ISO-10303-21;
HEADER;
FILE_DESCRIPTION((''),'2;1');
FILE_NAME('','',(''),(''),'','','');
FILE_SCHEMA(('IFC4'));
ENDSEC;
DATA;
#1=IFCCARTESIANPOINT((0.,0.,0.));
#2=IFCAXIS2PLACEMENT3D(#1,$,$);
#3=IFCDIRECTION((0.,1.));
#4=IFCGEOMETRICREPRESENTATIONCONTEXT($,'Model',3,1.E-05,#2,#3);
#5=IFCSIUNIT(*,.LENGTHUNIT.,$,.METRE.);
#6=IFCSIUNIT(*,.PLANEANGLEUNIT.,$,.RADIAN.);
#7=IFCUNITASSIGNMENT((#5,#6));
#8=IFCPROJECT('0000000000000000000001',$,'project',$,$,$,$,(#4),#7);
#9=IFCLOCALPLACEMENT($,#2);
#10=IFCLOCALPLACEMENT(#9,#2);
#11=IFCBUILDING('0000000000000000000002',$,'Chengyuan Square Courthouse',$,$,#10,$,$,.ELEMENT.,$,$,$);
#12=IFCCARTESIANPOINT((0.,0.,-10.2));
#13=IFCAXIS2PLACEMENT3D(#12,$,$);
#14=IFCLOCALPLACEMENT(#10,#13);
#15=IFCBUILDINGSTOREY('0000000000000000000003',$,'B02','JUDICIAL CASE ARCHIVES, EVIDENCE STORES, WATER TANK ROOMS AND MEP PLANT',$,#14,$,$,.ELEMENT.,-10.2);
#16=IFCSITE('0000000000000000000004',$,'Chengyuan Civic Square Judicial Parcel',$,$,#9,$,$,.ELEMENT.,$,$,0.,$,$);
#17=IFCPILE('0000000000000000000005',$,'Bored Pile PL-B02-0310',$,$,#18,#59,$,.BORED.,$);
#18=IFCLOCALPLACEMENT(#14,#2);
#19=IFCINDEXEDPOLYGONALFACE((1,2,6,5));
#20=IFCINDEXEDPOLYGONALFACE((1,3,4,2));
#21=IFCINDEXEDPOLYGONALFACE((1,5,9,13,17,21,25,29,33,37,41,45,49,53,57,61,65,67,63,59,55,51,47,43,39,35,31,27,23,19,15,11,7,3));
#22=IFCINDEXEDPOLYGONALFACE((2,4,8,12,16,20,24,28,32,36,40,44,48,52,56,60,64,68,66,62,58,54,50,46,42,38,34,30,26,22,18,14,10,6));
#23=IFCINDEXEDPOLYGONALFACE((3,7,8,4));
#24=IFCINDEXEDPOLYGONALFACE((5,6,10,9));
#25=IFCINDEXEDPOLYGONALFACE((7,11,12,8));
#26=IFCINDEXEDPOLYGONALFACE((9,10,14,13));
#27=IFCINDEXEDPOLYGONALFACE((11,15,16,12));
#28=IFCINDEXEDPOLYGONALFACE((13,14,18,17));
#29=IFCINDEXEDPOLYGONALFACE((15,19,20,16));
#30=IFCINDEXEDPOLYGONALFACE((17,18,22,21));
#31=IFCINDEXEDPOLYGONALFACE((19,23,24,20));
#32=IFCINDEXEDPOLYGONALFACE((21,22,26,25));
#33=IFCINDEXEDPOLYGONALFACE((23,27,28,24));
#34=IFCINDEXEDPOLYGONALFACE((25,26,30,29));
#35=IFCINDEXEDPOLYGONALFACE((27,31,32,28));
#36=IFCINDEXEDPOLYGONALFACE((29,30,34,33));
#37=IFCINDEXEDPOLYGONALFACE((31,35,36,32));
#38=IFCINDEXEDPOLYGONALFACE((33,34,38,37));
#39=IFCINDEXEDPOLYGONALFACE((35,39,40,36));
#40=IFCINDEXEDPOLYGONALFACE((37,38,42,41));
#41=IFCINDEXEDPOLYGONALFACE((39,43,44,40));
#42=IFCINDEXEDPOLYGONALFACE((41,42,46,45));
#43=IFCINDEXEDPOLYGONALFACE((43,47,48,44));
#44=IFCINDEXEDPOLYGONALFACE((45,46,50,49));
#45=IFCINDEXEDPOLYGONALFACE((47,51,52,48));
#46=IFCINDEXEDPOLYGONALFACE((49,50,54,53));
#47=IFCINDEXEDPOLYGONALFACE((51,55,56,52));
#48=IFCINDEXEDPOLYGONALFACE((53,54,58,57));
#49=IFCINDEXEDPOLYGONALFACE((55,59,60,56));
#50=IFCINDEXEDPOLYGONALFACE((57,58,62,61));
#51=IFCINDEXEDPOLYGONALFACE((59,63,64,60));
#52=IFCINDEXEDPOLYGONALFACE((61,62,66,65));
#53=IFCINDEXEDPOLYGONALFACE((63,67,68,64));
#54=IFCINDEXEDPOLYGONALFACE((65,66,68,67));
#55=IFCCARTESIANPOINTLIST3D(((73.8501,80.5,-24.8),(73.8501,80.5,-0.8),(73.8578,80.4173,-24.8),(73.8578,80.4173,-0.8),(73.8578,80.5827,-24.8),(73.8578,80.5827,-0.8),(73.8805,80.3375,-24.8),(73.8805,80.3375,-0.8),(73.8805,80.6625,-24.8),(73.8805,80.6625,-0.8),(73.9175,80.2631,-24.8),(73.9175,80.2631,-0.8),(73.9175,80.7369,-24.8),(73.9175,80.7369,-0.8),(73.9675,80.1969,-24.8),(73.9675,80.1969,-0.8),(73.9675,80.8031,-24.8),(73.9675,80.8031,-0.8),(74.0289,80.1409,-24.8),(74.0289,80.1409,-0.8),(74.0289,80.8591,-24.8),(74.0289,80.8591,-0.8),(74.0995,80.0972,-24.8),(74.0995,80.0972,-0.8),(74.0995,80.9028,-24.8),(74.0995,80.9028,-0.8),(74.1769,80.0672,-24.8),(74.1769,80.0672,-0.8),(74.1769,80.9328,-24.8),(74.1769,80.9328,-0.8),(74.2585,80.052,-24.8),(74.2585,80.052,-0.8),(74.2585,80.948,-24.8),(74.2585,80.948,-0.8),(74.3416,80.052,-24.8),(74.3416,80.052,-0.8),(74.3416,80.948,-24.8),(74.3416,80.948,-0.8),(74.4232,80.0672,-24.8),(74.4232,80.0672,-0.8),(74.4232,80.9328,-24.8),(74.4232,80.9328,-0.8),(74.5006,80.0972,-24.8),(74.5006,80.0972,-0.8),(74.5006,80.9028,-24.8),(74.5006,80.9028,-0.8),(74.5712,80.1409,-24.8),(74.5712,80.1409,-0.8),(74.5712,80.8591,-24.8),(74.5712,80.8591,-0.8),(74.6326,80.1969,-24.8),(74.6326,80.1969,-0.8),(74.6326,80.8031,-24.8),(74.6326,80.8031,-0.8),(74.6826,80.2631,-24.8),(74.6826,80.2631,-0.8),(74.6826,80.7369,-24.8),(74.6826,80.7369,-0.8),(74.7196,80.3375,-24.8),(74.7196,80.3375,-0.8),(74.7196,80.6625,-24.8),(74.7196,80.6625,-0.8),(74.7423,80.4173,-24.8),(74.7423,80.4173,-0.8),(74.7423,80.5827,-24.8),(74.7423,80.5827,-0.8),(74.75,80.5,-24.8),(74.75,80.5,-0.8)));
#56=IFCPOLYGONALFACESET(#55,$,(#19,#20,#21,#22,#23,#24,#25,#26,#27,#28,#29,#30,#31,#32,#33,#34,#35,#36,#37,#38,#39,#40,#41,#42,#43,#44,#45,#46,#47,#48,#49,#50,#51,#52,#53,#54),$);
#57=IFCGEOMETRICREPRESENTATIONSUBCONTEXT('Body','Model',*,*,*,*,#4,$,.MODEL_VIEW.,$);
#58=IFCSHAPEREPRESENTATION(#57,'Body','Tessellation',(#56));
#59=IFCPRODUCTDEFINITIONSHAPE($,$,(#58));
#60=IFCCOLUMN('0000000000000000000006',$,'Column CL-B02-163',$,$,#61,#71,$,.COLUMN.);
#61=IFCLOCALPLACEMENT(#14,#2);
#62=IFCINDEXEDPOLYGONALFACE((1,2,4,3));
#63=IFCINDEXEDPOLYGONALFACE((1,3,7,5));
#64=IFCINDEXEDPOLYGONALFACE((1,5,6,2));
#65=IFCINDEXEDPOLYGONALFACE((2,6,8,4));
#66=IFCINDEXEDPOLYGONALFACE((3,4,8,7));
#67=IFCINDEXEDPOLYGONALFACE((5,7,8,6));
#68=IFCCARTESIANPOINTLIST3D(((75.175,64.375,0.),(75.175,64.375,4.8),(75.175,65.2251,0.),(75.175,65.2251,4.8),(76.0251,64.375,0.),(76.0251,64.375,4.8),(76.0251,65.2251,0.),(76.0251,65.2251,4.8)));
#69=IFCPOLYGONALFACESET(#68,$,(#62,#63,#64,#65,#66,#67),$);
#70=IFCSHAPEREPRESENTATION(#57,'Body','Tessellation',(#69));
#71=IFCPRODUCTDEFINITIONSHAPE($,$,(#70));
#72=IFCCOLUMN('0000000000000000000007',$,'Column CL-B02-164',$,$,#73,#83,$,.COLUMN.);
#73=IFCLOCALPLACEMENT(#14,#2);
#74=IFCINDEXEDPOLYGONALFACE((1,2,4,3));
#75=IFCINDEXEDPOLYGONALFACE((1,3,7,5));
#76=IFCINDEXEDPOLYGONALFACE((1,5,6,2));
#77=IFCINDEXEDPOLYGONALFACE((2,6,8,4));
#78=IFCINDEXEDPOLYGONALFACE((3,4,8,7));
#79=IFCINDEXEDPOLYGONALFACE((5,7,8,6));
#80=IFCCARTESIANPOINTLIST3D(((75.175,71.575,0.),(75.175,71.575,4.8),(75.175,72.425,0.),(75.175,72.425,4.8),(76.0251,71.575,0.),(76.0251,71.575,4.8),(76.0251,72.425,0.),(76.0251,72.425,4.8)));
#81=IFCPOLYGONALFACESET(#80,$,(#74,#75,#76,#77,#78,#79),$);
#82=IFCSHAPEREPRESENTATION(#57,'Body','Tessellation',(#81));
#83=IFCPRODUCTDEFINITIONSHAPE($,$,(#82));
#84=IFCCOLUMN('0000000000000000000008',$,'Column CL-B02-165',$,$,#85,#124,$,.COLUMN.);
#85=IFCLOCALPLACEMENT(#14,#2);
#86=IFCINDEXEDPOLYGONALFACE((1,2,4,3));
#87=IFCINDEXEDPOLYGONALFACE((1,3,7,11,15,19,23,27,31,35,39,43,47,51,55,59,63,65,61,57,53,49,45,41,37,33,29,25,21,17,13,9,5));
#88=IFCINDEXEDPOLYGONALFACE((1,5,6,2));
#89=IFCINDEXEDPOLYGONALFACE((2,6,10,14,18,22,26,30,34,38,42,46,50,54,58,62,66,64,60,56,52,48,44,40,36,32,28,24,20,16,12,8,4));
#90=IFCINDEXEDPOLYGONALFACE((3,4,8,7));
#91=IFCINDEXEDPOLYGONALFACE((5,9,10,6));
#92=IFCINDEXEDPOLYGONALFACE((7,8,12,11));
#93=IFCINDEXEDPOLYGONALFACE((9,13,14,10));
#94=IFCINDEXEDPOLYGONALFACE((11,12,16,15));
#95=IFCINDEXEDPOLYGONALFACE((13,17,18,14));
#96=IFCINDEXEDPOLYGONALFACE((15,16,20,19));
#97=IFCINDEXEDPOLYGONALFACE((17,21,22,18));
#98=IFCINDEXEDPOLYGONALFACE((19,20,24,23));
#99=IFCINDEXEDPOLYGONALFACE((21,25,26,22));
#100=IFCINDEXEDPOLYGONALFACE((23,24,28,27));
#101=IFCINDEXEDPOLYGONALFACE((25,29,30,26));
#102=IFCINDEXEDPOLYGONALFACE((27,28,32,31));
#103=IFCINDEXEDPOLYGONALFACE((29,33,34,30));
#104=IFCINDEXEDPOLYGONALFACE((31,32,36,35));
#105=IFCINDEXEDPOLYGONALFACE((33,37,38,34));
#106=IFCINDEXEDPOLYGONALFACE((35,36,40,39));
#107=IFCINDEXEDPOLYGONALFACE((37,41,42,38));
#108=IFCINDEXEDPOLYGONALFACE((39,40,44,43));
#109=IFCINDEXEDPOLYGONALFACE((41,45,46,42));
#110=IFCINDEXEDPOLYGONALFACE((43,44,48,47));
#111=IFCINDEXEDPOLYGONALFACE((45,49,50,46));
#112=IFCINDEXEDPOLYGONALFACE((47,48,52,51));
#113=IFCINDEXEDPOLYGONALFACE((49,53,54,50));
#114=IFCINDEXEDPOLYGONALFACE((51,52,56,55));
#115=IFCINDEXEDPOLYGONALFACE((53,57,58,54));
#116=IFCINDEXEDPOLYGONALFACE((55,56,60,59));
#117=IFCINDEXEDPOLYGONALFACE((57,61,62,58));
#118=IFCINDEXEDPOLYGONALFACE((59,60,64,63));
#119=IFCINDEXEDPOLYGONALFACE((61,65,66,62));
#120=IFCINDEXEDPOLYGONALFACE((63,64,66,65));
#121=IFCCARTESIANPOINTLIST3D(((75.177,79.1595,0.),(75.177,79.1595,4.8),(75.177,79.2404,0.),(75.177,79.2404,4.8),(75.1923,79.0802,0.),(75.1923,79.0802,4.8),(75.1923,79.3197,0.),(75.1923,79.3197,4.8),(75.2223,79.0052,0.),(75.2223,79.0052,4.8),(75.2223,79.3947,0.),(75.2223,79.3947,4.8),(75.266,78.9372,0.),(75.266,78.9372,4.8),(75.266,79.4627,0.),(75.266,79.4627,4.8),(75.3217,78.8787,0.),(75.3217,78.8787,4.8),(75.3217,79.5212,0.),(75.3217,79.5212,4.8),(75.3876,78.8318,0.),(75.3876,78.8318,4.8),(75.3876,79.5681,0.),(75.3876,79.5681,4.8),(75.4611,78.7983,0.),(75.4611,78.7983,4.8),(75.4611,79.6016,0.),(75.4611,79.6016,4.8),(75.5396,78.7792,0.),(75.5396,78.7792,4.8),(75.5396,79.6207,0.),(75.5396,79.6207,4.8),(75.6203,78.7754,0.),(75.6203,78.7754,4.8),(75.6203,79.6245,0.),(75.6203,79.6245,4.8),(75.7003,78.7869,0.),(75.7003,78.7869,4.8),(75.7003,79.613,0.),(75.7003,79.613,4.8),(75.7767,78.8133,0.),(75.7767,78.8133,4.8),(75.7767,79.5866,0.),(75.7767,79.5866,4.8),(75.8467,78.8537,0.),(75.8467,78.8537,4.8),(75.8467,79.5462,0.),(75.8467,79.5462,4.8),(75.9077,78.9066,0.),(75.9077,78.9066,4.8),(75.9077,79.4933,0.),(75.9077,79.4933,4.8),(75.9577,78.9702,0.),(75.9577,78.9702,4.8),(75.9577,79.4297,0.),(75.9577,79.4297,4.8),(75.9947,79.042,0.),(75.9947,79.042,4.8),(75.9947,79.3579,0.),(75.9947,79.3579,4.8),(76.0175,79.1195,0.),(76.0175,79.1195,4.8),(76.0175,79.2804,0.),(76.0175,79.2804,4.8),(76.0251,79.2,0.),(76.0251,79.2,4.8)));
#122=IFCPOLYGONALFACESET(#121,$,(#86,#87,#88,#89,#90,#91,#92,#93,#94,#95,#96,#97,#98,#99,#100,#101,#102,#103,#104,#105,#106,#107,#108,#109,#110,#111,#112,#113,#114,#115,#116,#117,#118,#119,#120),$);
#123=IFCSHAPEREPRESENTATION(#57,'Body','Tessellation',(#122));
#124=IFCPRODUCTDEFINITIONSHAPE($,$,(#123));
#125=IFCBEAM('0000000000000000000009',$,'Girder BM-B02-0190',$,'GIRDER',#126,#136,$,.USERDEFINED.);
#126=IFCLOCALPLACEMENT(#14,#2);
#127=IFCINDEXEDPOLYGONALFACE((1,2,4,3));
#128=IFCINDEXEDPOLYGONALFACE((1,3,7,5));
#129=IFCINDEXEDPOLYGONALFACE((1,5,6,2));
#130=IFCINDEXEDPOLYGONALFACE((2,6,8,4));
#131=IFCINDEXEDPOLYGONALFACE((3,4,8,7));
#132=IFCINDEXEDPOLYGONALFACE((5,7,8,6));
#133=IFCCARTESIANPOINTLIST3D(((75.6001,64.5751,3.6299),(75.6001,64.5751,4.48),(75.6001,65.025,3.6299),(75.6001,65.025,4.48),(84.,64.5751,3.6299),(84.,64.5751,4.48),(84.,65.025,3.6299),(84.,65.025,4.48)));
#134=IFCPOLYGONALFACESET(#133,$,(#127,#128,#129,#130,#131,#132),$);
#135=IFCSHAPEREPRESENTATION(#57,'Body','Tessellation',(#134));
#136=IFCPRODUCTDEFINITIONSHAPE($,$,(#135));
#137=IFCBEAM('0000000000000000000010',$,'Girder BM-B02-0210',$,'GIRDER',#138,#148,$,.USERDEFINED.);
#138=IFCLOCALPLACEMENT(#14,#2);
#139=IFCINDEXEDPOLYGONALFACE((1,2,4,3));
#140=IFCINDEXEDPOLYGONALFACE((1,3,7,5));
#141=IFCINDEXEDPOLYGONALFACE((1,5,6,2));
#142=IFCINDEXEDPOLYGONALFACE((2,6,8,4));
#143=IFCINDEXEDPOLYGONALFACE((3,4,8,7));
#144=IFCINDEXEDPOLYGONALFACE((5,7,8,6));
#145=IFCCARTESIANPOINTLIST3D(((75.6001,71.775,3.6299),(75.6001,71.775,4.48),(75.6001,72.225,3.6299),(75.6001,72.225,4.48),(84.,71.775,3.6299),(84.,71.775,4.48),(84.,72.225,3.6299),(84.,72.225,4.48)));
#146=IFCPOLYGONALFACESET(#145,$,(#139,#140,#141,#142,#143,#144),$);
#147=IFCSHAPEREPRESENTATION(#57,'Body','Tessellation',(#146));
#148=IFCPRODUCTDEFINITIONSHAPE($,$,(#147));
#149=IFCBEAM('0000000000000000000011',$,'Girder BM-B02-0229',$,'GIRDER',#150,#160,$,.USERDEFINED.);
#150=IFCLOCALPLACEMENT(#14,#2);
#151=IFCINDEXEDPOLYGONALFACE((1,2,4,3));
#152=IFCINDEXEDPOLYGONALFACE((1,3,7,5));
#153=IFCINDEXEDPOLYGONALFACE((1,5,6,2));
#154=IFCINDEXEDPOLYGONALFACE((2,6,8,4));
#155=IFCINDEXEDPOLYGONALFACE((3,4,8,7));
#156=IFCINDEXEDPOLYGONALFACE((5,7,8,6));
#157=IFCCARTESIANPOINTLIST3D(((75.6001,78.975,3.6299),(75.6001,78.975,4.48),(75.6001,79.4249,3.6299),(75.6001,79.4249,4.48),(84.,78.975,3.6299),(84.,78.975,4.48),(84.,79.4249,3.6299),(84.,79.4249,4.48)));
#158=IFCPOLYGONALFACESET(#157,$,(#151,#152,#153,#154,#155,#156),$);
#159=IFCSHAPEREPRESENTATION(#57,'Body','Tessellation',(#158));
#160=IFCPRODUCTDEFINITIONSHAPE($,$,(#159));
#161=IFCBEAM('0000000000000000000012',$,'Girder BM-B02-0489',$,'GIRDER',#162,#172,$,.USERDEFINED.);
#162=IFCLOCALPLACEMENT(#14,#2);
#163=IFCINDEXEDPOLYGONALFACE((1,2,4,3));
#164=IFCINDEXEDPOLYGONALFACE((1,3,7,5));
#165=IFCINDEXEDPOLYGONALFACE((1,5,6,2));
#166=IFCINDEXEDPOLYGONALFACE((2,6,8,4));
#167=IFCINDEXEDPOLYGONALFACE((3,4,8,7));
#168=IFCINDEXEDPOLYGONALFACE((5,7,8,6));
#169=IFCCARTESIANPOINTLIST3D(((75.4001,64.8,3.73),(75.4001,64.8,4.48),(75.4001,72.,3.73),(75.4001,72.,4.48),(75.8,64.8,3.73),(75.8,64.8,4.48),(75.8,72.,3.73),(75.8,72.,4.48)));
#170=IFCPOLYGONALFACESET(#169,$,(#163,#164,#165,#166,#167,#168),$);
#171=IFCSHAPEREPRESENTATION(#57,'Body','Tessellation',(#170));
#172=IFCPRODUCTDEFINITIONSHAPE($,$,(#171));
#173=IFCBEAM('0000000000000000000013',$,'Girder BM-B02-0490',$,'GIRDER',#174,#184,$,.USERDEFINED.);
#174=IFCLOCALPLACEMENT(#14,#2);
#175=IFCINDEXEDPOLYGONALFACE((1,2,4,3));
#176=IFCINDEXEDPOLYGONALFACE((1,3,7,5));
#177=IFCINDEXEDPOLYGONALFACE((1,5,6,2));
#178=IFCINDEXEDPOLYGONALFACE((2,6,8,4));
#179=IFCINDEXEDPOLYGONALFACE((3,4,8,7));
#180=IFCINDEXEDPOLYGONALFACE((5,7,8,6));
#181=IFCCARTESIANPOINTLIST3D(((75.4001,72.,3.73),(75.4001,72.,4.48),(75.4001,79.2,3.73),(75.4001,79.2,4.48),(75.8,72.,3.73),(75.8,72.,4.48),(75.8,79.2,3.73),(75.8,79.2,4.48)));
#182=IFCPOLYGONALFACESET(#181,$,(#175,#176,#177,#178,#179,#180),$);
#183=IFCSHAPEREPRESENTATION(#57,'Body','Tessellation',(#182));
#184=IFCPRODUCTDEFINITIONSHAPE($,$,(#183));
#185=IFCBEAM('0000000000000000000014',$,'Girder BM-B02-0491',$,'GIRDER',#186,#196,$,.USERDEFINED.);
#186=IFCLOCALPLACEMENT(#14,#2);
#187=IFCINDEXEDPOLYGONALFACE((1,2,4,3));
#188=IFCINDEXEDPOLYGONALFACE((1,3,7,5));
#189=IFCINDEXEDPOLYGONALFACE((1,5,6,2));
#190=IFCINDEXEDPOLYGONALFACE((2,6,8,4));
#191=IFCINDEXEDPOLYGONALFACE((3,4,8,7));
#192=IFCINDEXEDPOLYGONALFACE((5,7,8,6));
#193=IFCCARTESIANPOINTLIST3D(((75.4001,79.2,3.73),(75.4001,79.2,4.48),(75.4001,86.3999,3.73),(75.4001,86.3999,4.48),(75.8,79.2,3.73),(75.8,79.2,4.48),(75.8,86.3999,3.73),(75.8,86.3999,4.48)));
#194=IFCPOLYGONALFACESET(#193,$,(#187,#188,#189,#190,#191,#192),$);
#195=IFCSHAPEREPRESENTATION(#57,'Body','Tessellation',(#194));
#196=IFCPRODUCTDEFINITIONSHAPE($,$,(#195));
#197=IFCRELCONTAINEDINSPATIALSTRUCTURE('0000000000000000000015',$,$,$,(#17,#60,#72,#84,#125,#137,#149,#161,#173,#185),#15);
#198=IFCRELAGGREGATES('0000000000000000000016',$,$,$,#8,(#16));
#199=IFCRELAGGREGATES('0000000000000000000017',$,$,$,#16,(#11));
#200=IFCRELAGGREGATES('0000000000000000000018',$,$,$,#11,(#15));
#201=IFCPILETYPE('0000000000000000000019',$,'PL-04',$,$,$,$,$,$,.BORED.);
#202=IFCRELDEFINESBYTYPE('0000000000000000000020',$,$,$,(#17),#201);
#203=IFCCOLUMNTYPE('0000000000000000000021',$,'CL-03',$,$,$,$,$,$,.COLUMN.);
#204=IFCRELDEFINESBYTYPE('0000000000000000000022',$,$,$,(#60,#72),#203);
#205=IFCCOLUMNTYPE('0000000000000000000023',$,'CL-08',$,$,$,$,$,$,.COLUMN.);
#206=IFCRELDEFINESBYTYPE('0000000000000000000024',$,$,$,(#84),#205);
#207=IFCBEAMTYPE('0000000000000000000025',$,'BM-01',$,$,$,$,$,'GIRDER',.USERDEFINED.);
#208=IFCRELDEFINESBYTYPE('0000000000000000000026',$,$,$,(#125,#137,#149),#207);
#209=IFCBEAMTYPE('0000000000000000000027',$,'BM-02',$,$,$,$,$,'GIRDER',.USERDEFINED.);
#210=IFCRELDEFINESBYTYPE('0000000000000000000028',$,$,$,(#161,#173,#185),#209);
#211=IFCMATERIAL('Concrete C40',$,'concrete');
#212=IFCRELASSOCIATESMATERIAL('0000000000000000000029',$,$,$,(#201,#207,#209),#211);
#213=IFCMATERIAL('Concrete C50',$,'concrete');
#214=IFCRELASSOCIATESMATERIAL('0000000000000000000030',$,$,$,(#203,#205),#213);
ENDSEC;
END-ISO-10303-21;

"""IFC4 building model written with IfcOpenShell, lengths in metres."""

from ifc_helpers import new_model, si_unit, direction, frame, origin, origin_2d, place, context, subcontext, project, spatial, rectangle, circle, extrude, material, material_profile, profile_set, type_object, element, save


model = new_model("IFC4")

# Units and contexts
model_context = context("Model", 3, precision=1e-05, world=origin(), true_north=direction((0.0, 1.0)))
body_context = subcontext(model_context, "Body", "Model", "MODEL_VIEW")
ifc_project = project(units=[si_unit("LENGTHUNIT", "METRE"), si_unit("PLANEANGLEUNIT", "RADIAN")], contexts=[model_context])

# Site, building, storey
site_placement = place(None, origin())
site = spatial("IfcSite", under=ifc_project, at=site_placement, Name="Chengyuan Civic Square Judicial Parcel", CompositionType="ELEMENT", RefElevation=0.0)
building_placement = place(site_placement, origin())
building = spatial("IfcBuilding", under=site, at=building_placement, Name="Chengyuan Square Courthouse", CompositionType="ELEMENT")
storey_placement = place(building_placement, frame((0.0, 0.0, -10.2)))
storey = spatial("IfcBuildingStorey", under=building, at=storey_placement, Name="B02", Description="JUDICIAL CASE ARCHIVES, EVIDENCE STORES, WATER TANK ROOMS AND MEP PLANT", CompositionType="ELEMENT", Elevation=-10.2)

# Shared definitions
ifc_material_1 = material(Name="Concrete C40", Category="concrete")

# Pile
ifc_material_profile_1 = material_profile(ifc_material_1, circle(Radius=0.45, at=origin_2d()), Name="BORED PILE D900")
ifc_profile_set_1 = profile_set([ifc_material_profile_1], Name="Concrete C40")
pile_type_1 = type_object("IfcPileType", Name="PL-04", PredefinedType="BORED", material=ifc_profile_set_1)
for number, where, z_axis, x_axis, name in (
    (1, (74.3, 80.5, -0.8), (0.0, 0.0, -1.0), (1.0, 0.0, 0.0), "Bored Pile PL-B02-0310"),
):
    element("IfcPile", number, at=place(storey_placement, frame(where, z_axis=z_axis, x_axis=x_axis)), inside=storey, type_object=pile_type_1, Name=name, PredefinedType="BORED", context=body_context, shape_type="SweptSolid", body=[
        extrude(circle(Radius=0.45, at=origin_2d()), origin(), (0.0, 0.0, 1.0), 24.0),
    ])

# Columns
ifc_material_2 = material(Name="Concrete C50", Category="concrete")
ifc_material_profile_2 = material_profile(ifc_material_2, rectangle(XDim=0.8501, YDim=0.8501, at=origin_2d()), Name="RC-COL-850x850")
ifc_profile_set_2 = profile_set([ifc_material_profile_2], Name="Concrete C50")
column_type_1 = type_object("IfcColumnType", Name="CL-03", PredefinedType="COLUMN", material=ifc_profile_set_2)
for number, where, z_axis, x_axis, name in (
    (2, (75.6001, 64.8, 0.0), (0.0, 0.0, 1.0), (1.0, 0.0, 0.0), "Column CL-B02-163"),
    (3, (75.6001, 72.0, 0.0), (0.0, 0.0, 1.0), (1.0, 0.0, 0.0), "Column CL-B02-164"),
):
    element("IfcColumn", number, at=place(storey_placement, frame(where, z_axis=z_axis, x_axis=x_axis)), inside=storey, type_object=column_type_1, Name=name, PredefinedType="COLUMN", context=body_context, shape_type="SweptSolid", body=[
        extrude(rectangle(XDim=0.8501, YDim=0.8501, at=origin_2d()), origin(), (0.0, 0.0, 1.0), 4.8),
    ])
ifc_material_profile_3 = material_profile(ifc_material_2, circle(Radius=0.425, at=origin_2d()), Name="RC-COL-D850")
ifc_profile_set_3 = profile_set([ifc_material_profile_3], Name="Concrete C50")
column_type_2 = type_object("IfcColumnType", Name="CL-08", PredefinedType="COLUMN", material=ifc_profile_set_3)
column_placement = place(storey_placement, frame((75.6001, 79.2, 0.0), z_axis=(0.0, 0.0, 1.0), x_axis=(1.0, 0.0, 0.0)))
element("IfcColumn", 4, at=column_placement, inside=storey, type_object=column_type_2, Name="Column CL-B02-165", PredefinedType="COLUMN", context=body_context, shape_type="SweptSolid", body=[
    extrude(circle(Radius=0.425, at=origin_2d()), origin(), (0.0, 0.0, 1.0), 4.8),
])

# Beams
ifc_material_profile_4 = material_profile(ifc_material_1, rectangle(XDim=0.45, YDim=0.8501, at=origin_2d()), Name="RC-BM-450x850")
ifc_profile_set_4 = profile_set([ifc_material_profile_4], Name="Concrete C40")
beam_type_1 = type_object("IfcBeamType", Name="BM-01", ElementType="GIRDER", PredefinedType="USERDEFINED", material=ifc_profile_set_4)
for number, where, z_axis, x_axis, name in (
    (5, (75.6001, 64.8, 4.0549), (1.0, 0.0, 0.0), (0.0, 1.0, 0.0), "Girder BM-B02-0190"),
    (6, (75.6001, 72.0, 4.0549), (1.0, 0.0, 0.0), (0.0, 1.0, 0.0), "Girder BM-B02-0210"),
    (7, (75.6001, 79.2, 4.0549), (1.0, 0.0, 0.0), (0.0, 1.0, 0.0), "Girder BM-B02-0229"),
):
    element("IfcBeam", number, at=place(storey_placement, frame(where, z_axis=z_axis, x_axis=x_axis)), inside=storey, type_object=beam_type_1, Name=name, ObjectType="GIRDER", PredefinedType="USERDEFINED", context=body_context, shape_type="SweptSolid", body=[
        extrude(rectangle(XDim=0.45, YDim=0.8501, at=origin_2d()), origin(), (0.0, 0.0, 1.0), 8.3999),
    ])
ifc_material_profile_5 = material_profile(ifc_material_1, rectangle(XDim=0.3999, YDim=0.75, at=origin_2d()), Name="RC-BM-400x750")
ifc_profile_set_5 = profile_set([ifc_material_profile_5], Name="Concrete C40")
beam_type_2 = type_object("IfcBeamType", Name="BM-02", ElementType="GIRDER", PredefinedType="USERDEFINED", material=ifc_profile_set_5)
for number, where, z_axis, x_axis, name in (
    (8, (75.6001, 64.8, 4.105), (0.0, 1.0, 0.0), (-1.0, 0.0, 0.0), "Girder BM-B02-0489"),
    (9, (75.6001, 72.0, 4.105), (0.0, 1.0, 0.0), (-1.0, 0.0, 0.0), "Girder BM-B02-0490"),
    (10, (75.6001, 79.2, 4.105), (0.0, 1.0, 0.0), (-1.0, 0.0, 0.0), "Girder BM-B02-0491"),
):
    element("IfcBeam", number, at=place(storey_placement, frame(where, z_axis=z_axis, x_axis=x_axis)), inside=storey, type_object=beam_type_2, Name=name, ObjectType="GIRDER", PredefinedType="USERDEFINED", context=body_context, shape_type="SweptSolid", body=[
        extrude(rectangle(XDim=0.3999, YDim=0.75, at=origin_2d()), origin(), (0.0, 0.0, 1.0), 7.2),
    ])

save(model, "model.ifc")
